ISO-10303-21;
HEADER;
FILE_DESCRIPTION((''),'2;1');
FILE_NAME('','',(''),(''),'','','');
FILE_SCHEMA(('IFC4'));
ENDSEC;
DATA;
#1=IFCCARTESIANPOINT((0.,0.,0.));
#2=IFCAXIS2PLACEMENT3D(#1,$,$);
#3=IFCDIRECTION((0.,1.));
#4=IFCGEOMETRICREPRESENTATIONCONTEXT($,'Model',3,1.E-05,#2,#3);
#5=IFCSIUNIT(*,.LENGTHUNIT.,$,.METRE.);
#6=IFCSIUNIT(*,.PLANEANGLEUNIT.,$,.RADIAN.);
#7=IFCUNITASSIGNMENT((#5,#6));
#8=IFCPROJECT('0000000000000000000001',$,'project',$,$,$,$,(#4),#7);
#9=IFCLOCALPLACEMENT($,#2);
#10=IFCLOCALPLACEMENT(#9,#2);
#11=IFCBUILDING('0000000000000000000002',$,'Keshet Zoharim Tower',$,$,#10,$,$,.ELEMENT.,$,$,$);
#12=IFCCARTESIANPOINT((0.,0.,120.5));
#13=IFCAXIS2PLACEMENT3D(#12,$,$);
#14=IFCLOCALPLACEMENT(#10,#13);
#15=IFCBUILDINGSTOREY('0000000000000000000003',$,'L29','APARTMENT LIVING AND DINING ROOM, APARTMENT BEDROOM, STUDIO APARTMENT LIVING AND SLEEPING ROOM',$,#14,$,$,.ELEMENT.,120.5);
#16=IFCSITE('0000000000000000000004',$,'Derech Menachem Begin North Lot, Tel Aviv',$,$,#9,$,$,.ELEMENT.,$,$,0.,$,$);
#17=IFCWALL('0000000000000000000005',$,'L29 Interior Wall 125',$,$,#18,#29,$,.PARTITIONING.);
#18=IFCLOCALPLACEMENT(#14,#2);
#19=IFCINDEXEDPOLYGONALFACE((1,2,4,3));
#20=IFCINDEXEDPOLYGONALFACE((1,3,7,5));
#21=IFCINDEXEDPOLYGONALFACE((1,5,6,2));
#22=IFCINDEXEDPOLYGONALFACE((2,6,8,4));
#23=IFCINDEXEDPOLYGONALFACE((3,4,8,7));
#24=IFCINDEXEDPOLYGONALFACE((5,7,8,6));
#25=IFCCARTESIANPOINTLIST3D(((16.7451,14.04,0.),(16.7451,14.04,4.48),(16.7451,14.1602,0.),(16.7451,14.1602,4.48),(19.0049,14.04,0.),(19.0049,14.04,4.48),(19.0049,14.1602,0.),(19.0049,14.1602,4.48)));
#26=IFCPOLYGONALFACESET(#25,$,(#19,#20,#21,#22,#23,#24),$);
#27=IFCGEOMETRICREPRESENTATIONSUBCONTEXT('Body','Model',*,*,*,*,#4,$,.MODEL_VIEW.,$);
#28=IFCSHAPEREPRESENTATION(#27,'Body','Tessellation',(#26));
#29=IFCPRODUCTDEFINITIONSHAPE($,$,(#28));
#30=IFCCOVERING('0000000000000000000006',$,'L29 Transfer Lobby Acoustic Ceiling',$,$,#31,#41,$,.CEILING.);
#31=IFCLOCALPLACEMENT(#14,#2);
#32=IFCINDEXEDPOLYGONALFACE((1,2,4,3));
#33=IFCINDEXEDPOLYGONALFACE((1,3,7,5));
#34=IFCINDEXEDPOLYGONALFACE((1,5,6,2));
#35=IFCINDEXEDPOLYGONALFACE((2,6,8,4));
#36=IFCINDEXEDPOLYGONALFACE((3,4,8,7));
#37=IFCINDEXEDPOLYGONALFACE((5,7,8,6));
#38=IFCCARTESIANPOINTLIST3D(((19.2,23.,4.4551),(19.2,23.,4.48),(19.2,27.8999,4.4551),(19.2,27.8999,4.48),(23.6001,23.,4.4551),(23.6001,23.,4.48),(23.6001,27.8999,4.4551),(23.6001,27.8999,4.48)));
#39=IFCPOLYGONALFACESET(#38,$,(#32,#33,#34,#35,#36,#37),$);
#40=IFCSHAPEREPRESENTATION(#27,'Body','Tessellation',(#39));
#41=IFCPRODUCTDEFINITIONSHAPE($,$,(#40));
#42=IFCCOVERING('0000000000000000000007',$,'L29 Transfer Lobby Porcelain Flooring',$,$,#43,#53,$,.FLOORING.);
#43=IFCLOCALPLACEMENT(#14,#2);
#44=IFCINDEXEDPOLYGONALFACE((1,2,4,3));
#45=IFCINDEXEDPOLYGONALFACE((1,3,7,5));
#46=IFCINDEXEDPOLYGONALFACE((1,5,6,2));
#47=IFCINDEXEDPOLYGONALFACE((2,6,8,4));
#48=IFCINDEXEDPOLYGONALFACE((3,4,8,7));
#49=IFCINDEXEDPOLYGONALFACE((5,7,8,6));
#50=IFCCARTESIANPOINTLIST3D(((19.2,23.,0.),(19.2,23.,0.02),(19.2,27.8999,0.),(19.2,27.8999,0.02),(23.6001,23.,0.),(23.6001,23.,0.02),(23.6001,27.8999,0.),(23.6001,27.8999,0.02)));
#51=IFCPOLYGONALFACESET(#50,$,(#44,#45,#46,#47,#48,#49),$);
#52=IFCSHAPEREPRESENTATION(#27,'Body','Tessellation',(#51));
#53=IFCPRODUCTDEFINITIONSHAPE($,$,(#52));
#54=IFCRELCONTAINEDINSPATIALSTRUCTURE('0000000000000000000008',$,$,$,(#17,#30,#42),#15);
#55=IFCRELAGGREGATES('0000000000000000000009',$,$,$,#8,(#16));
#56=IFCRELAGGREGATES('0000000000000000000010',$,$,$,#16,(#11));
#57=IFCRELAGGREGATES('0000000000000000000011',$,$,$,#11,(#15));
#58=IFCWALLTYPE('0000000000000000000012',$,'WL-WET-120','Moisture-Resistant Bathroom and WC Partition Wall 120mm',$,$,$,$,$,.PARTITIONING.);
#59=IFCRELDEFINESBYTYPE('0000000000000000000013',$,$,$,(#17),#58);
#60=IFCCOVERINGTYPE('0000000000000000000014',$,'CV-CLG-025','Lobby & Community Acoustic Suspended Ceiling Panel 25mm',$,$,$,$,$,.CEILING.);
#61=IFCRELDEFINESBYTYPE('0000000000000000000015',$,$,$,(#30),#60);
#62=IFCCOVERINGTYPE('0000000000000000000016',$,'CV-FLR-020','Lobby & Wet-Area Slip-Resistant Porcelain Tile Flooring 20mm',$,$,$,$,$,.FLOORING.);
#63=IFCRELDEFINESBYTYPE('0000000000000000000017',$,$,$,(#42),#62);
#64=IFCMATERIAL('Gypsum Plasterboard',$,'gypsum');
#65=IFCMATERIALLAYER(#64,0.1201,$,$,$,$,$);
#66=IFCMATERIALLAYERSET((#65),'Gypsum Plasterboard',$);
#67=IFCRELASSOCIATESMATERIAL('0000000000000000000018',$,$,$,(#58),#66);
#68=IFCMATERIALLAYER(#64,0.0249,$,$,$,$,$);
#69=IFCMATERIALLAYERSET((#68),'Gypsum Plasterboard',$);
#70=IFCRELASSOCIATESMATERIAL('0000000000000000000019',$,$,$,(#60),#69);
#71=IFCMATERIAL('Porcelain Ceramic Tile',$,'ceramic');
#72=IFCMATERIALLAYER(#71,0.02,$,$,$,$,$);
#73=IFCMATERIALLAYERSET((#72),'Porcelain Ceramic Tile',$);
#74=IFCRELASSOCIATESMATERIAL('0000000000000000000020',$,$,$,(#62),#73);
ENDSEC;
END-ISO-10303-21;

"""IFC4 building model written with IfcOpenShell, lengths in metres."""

from ifc_helpers import new_model, si_unit, direction, frame, frame_2d, origin, place, context, subcontext, project, spatial, polyline, rectangle, outline, extrude, material, layer, layer_set, type_object, element, save


model = new_model("IFC4")

# Units and contexts
model_context = context("Model", 3, precision=1e-05, world=origin(), true_north=direction((0.0, 1.0)))
body_context = subcontext(model_context, "Body", "Model", "MODEL_VIEW")
ifc_project = project(units=[si_unit("LENGTHUNIT", "METRE"), si_unit("PLANEANGLEUNIT", "RADIAN")], contexts=[model_context])

# Site, building, storey
site_placement = place(None, origin())
site = spatial("IfcSite", under=ifc_project, at=site_placement, Name="Derech Menachem Begin North Lot, Tel Aviv", CompositionType="ELEMENT", RefElevation=0.0)
building_placement = place(site_placement, origin())
building = spatial("IfcBuilding", under=site, at=building_placement, Name="Keshet Zoharim Tower", CompositionType="ELEMENT")
storey_placement = place(building_placement, frame((0.0, 0.0, 120.5)))
storey = spatial("IfcBuildingStorey", under=building, at=storey_placement, Name="L29", Description="APARTMENT LIVING AND DINING ROOM, APARTMENT BEDROOM, STUDIO APARTMENT LIVING AND SLEEPING ROOM", CompositionType="ELEMENT", Elevation=120.5)

# Shared definitions
ifc_material_1 = material(Name="Gypsum Plasterboard", Category="gypsum")

# Wall
ifc_layer_1 = layer(ifc_material_1, 0.1201)
ifc_layer_set_1 = layer_set([ifc_layer_1], Name="Gypsum Plasterboard")
wall_type_1 = type_object("IfcWallType", Name="WL-WET-120", Description="Moisture-Resistant Bathroom and WC Partition Wall 120mm", PredefinedType="PARTITIONING", material=ifc_layer_set_1)
for number, where, z_axis, x_axis, name in (
    (1, (16.7451, 14.1001, 0.0), (0.0, 0.0, 1.0), (1.0, 0.0, 0.0), "L29 Interior Wall 125"),
):
    element("IfcWall", number, at=place(storey_placement, frame(where, z_axis=z_axis, x_axis=x_axis)), inside=storey, type_object=wall_type_1, Name=name, PredefinedType="PARTITIONING", context=body_context, shape_type="SweptSolid", body=[
        extrude(rectangle(XDim=2.2598, YDim=0.1201, at=frame_2d((1.1299, 0.0))), origin(), (0.0, 0.0, 1.0), 4.48),
    ])

# Coverings
ifc_layer_2 = layer(ifc_material_1, 0.0249)
ifc_layer_set_2 = layer_set([ifc_layer_2], Name="Gypsum Plasterboard")
covering_type_1 = type_object("IfcCoveringType", Name="CV-CLG-025", Description="Lobby & Community Acoustic Suspended Ceiling Panel 25mm", PredefinedType="CEILING", material=ifc_layer_set_2)
covering_1_placement = place(storey_placement, frame((0.0, 0.0, 4.4551)))
element("IfcCovering", 2, at=covering_1_placement, inside=storey, type_object=covering_type_1, Name="L29 Transfer Lobby Acoustic Ceiling", PredefinedType="CEILING", context=body_context, shape_type="SweptSolid", body=[
    extrude(outline(polyline([(19.2, 23.0), (23.6001, 23.0), (23.6001, 27.8999), (19.2, 27.8999), (19.2, 23.0)])), origin(), (0.0, 0.0, 1.0), 0.0249),
])
ifc_material_2 = material(Name="Porcelain Ceramic Tile", Category="ceramic")
ifc_layer_3 = layer(ifc_material_2, 0.02)
ifc_layer_set_3 = layer_set([ifc_layer_3], Name="Porcelain Ceramic Tile")
covering_type_2 = type_object("IfcCoveringType", Name="CV-FLR-020", Description="Lobby & Wet-Area Slip-Resistant Porcelain Tile Flooring 20mm", PredefinedType="FLOORING", material=ifc_layer_set_3)
covering_2_placement = place(storey_placement, origin())
element("IfcCovering", 3, at=covering_2_placement, inside=storey, type_object=covering_type_2, Name="L29 Transfer Lobby Porcelain Flooring", PredefinedType="FLOORING", context=body_context, shape_type="SweptSolid", body=[
    extrude(outline(polyline([(19.2, 23.0), (23.6001, 23.0), (23.6001, 27.8999), (19.2, 27.8999), (19.2, 23.0)])), origin(), (0.0, 0.0, 1.0), 0.02),
])

save(model, "model.ifc")
